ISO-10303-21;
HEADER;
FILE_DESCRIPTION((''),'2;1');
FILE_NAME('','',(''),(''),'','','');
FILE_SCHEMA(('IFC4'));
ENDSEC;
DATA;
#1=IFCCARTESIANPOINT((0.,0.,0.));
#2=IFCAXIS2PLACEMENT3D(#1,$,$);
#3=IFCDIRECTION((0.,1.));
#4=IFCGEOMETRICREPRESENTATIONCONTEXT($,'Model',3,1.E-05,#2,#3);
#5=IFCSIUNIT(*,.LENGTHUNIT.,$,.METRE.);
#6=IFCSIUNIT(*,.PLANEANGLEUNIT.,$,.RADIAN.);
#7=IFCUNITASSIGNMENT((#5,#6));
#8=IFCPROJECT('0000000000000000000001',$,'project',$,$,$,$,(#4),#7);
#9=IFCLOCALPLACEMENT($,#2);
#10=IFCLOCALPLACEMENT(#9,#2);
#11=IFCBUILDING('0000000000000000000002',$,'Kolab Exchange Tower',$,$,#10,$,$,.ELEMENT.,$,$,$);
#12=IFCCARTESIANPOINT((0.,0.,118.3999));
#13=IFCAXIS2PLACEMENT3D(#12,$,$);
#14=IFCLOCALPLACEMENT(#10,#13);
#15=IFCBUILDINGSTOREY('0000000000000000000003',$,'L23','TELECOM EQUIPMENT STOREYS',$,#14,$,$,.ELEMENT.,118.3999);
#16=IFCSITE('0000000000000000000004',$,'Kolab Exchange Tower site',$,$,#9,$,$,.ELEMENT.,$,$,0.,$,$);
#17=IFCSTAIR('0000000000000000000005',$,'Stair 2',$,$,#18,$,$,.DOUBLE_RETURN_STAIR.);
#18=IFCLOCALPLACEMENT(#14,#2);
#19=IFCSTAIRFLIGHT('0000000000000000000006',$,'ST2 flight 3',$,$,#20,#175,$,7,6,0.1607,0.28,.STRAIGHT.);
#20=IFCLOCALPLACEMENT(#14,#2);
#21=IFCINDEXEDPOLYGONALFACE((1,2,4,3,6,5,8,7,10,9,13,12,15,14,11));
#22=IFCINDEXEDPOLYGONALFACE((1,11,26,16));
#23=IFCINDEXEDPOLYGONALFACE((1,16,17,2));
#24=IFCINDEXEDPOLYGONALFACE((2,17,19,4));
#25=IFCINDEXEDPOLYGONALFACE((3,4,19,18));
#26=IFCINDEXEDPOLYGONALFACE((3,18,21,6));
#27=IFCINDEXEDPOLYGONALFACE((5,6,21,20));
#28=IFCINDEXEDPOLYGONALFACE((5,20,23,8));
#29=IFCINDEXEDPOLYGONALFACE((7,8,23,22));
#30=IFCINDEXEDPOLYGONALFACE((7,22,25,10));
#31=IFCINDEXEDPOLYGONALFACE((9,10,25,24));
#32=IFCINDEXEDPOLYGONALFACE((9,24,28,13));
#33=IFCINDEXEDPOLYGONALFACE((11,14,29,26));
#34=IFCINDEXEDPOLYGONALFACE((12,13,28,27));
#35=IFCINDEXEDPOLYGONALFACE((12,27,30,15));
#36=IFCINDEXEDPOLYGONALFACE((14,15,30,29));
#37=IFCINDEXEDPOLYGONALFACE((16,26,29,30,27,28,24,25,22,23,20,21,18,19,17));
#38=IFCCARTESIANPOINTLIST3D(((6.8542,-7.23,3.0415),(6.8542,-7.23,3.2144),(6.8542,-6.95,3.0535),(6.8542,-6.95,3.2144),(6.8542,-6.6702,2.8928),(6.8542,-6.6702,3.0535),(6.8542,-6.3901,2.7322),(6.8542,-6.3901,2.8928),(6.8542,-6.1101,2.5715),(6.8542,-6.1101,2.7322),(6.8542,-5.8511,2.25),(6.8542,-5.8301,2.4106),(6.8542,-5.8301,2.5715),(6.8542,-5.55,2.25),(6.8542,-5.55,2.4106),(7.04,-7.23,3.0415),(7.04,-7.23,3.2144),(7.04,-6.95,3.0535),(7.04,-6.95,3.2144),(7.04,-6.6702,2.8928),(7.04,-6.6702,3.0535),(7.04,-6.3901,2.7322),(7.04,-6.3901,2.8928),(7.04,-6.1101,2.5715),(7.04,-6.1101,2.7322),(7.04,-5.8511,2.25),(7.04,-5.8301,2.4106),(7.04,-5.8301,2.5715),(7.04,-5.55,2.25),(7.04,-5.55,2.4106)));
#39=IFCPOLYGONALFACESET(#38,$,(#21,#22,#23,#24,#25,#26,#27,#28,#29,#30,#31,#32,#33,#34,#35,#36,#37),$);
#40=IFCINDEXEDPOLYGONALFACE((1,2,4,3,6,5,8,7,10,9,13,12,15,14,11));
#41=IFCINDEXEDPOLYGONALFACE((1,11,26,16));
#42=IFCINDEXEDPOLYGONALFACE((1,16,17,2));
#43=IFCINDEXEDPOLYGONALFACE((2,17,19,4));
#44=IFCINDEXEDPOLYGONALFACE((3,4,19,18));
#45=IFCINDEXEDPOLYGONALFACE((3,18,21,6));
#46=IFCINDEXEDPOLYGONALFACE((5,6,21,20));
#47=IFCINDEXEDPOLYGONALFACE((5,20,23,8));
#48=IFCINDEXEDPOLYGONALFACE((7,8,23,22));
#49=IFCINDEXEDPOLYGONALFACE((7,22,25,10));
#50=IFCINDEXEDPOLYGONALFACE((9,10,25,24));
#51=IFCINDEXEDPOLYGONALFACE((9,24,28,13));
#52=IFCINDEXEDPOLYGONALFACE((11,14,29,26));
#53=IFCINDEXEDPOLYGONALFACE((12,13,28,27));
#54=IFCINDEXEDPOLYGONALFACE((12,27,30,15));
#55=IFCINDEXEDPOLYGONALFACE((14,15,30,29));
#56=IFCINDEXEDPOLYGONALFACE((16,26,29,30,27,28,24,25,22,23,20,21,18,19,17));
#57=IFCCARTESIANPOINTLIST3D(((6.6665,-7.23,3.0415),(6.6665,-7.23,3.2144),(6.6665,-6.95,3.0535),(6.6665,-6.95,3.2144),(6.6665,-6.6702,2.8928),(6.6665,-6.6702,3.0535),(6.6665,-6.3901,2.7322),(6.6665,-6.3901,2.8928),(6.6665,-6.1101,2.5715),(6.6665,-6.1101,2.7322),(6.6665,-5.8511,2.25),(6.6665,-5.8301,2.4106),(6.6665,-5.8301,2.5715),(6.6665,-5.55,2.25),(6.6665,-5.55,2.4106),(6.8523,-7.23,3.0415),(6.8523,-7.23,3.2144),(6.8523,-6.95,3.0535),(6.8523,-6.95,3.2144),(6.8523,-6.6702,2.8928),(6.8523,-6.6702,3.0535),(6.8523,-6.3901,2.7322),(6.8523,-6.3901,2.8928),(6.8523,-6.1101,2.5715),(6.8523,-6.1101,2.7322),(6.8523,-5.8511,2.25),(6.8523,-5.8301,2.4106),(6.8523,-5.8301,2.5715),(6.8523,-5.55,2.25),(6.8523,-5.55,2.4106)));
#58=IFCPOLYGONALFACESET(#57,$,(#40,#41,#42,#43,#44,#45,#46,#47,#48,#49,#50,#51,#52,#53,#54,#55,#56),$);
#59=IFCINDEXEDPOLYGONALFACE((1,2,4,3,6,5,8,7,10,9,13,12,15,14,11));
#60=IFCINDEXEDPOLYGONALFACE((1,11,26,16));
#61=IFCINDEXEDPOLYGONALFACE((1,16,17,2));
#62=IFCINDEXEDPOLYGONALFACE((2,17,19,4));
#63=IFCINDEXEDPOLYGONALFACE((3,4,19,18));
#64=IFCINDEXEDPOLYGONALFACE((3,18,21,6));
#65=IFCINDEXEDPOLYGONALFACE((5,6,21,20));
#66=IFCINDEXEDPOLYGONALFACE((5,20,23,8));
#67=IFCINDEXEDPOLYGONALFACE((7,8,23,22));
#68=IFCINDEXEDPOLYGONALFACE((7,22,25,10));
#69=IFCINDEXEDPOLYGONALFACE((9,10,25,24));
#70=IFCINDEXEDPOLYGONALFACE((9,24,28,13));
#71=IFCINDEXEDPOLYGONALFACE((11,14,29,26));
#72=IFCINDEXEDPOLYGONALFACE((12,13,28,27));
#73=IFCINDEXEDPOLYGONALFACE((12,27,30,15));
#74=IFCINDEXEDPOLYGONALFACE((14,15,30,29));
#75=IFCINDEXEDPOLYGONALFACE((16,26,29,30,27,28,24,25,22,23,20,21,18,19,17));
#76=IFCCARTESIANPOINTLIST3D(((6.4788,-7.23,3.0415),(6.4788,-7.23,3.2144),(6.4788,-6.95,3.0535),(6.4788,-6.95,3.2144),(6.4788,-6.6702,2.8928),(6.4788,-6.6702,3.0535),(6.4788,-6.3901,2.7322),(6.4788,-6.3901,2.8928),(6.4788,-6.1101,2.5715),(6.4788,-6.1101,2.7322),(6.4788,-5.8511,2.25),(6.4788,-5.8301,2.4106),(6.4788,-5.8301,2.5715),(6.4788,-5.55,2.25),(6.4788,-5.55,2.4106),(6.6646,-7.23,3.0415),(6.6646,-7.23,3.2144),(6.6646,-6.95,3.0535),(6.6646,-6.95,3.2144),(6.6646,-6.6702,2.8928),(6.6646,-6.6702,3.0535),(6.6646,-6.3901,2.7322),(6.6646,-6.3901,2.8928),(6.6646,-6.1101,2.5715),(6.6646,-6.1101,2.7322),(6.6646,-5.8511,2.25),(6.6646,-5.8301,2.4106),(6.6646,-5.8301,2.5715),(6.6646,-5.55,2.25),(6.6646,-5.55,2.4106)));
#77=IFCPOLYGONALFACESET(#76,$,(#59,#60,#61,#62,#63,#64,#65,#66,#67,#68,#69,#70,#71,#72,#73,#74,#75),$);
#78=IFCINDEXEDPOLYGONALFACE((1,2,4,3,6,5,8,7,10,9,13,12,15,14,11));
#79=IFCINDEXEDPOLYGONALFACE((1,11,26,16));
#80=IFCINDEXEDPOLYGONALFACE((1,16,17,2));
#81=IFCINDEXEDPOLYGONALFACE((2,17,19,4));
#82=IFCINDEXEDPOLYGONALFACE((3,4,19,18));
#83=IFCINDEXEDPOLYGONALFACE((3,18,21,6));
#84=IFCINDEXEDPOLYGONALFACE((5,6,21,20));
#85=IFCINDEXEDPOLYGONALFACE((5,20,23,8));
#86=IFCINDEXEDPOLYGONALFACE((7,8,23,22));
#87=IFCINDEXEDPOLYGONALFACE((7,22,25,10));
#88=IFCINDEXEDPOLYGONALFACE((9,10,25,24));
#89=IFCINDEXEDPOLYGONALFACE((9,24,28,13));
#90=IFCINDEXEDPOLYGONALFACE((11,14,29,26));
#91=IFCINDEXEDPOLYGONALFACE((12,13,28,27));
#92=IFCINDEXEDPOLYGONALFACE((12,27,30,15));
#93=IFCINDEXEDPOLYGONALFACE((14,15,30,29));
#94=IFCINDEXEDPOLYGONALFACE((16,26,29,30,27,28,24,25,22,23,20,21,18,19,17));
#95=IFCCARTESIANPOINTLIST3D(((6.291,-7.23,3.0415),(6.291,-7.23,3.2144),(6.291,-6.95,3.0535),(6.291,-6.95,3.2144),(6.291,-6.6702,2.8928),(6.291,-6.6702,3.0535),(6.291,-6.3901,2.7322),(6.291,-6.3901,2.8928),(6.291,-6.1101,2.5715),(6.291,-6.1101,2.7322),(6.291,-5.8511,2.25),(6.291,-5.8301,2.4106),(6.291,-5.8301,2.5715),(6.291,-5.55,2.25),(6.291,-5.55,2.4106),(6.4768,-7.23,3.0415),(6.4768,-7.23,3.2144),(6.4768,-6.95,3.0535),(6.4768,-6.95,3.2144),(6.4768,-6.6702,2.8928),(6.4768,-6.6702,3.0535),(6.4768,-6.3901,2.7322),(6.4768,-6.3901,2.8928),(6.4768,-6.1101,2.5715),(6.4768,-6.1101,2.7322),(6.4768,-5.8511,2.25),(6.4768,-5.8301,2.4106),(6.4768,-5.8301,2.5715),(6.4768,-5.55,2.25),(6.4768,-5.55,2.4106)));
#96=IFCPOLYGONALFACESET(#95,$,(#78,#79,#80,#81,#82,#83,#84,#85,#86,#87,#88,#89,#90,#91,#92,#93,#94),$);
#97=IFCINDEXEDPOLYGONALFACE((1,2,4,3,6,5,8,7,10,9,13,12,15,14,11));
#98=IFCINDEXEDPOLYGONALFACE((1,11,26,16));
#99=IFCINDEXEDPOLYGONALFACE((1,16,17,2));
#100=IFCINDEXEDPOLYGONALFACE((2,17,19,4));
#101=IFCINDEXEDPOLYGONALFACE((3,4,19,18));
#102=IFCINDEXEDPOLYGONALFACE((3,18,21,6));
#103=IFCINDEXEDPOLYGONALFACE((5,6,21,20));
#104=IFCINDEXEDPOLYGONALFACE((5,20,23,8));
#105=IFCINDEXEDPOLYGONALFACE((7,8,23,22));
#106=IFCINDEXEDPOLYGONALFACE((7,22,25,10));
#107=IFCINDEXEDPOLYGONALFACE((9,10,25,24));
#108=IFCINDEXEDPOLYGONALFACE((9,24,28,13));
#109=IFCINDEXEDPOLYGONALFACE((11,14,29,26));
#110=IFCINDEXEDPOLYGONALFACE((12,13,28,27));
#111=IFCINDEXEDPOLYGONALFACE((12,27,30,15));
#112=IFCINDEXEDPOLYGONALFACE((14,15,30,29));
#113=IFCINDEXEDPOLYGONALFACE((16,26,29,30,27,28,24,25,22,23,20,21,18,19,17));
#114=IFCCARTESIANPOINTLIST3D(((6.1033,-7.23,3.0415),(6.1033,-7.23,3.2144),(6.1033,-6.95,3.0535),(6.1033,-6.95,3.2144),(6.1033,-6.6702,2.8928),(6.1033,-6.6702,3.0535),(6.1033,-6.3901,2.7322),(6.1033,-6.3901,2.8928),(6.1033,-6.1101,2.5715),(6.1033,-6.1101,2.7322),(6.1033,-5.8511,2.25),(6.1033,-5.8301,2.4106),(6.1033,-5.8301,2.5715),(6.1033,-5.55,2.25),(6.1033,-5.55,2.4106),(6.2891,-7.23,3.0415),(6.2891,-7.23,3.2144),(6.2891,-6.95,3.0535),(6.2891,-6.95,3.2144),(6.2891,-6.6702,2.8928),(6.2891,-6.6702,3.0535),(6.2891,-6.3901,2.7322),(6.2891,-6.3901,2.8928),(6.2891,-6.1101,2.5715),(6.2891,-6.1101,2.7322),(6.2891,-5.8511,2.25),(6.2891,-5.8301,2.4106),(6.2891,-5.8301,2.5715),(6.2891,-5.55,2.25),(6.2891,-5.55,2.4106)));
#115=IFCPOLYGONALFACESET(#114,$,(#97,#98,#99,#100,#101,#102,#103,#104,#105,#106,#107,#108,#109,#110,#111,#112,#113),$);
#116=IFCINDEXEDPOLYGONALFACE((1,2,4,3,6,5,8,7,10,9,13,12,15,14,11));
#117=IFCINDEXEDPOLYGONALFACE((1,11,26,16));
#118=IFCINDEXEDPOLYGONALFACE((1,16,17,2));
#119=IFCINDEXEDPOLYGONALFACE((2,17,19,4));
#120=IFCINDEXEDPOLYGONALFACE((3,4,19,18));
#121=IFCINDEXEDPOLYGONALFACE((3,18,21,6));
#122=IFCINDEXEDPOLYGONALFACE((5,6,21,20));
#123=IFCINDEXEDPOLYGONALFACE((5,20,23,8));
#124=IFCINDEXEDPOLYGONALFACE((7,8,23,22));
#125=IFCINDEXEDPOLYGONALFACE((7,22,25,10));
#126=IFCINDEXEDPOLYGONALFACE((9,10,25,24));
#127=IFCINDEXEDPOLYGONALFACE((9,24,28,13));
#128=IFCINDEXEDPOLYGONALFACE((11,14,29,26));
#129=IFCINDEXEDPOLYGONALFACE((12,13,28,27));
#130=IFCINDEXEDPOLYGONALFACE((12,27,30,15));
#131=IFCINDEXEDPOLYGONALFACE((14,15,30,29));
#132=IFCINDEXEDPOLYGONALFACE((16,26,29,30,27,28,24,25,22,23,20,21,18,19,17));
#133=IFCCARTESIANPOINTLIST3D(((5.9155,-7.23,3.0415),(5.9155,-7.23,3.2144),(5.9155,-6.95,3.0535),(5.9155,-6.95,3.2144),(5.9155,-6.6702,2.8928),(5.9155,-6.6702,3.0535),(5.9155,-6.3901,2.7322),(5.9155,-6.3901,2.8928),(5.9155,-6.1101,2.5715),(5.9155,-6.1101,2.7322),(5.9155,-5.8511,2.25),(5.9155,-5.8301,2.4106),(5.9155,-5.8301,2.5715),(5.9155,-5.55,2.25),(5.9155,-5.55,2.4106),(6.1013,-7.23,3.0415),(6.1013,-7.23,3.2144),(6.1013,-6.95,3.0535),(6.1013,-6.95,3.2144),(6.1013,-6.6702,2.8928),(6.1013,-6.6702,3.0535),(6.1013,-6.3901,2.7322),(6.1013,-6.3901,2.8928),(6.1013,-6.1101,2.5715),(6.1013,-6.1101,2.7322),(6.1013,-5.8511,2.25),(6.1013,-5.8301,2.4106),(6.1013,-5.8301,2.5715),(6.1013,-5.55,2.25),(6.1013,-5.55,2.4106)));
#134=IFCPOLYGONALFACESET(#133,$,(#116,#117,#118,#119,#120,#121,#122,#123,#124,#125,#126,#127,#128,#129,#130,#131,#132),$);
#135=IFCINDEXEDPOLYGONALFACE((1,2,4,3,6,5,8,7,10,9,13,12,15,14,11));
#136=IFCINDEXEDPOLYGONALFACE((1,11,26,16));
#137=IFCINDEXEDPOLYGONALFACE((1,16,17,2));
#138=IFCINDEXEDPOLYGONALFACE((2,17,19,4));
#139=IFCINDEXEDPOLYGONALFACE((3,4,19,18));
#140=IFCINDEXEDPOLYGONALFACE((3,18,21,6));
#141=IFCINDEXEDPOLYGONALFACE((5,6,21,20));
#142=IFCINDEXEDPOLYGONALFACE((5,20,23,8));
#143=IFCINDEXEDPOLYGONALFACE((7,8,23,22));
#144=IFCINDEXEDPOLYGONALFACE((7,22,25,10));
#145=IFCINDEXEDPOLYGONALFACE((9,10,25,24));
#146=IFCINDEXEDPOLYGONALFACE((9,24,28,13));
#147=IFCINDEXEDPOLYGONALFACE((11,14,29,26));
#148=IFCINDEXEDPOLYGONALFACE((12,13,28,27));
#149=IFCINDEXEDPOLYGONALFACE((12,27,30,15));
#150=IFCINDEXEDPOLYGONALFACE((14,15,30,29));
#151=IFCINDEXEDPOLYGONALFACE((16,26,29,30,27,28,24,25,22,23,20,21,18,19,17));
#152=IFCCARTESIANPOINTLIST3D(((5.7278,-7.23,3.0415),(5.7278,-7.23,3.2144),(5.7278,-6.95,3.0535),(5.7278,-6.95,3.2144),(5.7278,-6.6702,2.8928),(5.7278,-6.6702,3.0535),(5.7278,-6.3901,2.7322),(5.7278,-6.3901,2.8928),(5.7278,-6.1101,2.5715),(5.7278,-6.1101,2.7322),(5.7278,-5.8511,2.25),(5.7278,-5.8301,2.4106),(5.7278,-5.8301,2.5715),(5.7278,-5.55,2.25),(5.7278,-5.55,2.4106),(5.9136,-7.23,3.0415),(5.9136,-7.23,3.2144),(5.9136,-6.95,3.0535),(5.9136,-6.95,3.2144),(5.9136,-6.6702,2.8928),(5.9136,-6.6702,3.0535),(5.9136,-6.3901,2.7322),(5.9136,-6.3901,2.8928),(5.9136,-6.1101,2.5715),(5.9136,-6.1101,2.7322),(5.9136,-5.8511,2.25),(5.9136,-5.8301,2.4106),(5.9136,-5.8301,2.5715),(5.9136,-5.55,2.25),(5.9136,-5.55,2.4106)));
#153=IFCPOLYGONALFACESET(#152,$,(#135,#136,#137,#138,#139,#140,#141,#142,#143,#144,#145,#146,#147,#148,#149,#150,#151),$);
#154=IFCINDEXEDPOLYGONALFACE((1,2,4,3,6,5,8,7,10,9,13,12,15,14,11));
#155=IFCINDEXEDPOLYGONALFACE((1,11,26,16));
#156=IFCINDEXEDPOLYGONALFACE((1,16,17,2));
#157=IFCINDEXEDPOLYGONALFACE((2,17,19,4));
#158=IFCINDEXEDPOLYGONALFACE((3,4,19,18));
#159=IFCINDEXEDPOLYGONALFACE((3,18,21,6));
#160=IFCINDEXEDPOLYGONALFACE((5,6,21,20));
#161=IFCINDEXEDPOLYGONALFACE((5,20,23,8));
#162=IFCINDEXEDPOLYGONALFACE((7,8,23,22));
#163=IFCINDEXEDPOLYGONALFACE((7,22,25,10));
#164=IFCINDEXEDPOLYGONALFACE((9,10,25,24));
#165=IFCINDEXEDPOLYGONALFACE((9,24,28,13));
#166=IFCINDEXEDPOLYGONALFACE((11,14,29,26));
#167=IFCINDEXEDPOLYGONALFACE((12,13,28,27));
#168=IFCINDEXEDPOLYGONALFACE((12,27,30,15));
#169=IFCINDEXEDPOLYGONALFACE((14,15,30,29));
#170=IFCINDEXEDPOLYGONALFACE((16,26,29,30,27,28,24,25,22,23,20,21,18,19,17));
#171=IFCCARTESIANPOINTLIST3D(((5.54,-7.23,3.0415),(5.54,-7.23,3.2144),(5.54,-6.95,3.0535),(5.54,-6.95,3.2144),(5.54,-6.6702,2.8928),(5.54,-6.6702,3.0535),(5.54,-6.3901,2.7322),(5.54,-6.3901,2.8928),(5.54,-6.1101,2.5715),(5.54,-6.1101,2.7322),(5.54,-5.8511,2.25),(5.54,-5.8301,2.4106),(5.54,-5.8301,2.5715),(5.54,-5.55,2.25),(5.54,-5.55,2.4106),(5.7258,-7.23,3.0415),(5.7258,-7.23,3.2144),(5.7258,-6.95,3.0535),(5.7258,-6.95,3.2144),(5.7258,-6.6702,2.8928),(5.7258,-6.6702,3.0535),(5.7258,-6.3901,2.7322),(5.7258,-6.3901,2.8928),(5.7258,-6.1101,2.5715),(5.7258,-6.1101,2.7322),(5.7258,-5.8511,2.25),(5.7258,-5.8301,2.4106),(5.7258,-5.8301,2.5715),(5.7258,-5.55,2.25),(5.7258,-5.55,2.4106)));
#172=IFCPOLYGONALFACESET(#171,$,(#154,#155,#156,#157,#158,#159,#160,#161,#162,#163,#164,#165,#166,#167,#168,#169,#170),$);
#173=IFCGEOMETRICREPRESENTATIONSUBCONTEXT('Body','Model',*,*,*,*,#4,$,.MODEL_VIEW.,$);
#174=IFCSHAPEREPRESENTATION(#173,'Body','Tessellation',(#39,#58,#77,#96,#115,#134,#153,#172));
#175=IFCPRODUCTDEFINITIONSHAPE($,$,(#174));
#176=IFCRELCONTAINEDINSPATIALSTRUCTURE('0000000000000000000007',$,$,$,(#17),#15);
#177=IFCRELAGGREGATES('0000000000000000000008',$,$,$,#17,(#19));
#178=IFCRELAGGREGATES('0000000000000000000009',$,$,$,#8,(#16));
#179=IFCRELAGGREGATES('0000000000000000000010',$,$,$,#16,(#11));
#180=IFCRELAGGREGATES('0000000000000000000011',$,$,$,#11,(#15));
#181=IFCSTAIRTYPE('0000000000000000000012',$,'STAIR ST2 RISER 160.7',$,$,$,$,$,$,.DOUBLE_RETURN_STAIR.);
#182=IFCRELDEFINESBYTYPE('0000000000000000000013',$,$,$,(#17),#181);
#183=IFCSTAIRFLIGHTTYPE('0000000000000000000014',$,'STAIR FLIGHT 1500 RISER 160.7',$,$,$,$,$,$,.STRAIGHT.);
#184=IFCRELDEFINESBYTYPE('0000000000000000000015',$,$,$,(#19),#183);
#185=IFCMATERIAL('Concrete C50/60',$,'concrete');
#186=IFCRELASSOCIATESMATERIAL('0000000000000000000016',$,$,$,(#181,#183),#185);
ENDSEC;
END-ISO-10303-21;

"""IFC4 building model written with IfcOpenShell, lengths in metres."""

from ifc_helpers import new_model, si_unit, direction, frame, origin, place, context, subcontext, project, spatial, polyline, outline, extrude, material, type_object, element, aggregate, save


model = new_model("IFC4")

# Units and contexts
model_context = context("Model", 3, precision=1e-05, world=origin(), true_north=direction((0.0, 1.0)))
body_context = subcontext(model_context, "Body", "Model", "MODEL_VIEW")
ifc_project = project(units=[si_unit("LENGTHUNIT", "METRE"), si_unit("PLANEANGLEUNIT", "RADIAN")], contexts=[model_context])

# Site, building, storey
site_placement = place(None, origin())
site = spatial("IfcSite", under=ifc_project, at=site_placement, Name="Kolab Exchange Tower site", CompositionType="ELEMENT", RefElevation=0.0)
building_placement = place(site_placement, origin())
building = spatial("IfcBuilding", under=site, at=building_placement, Name="Kolab Exchange Tower", CompositionType="ELEMENT")
storey_placement = place(building_placement, frame((0.0, 0.0, 118.3999)))
storey = spatial("IfcBuildingStorey", under=building, at=storey_placement, Name="L23", Description="TELECOM EQUIPMENT STOREYS", CompositionType="ELEMENT", Elevation=118.3999)

# Shared definitions
ifc_material_1 = material(Name="Concrete C50/60", Category="concrete")

# Stair, stair flight
stair_type = type_object("IfcStairType", Name="STAIR ST2 RISER 160.7", PredefinedType="DOUBLE_RETURN_STAIR", material=ifc_material_1)
stair_placement = place(storey_placement, origin())
stair = element("IfcStair", 1, at=stair_placement, inside=storey, type_object=stair_type, Name="Stair 2", PredefinedType="DOUBLE_RETURN_STAIR")
stair_flight_type = type_object("IfcStairFlightType", Name="STAIR FLIGHT 1500 RISER 160.7", PredefinedType="STRAIGHT", material=ifc_material_1)
stair_flight_1_placement = place(storey_placement, frame((6.29, -5.55, 2.25), z_axis=(0.0, 0.0, 1.0), x_axis=(0.0, -1.0, 0.0)))
stair_flight_1 = element("IfcStairFlight", 2, at=stair_flight_1_placement, type_object=stair_flight_type, Name="ST2 flight 3", NumberOfRisers=7, NumberOfTreads=6, PredefinedType="STRAIGHT", RiserHeight=0.1607, TreadLength=0.28, context=body_context, shape_type="SweptSolid", body=[
    extrude(outline(polyline([(0.0, 0.0), (0.0, 0.1606), (0.28, 0.1606), (0.28, 0.3215), (0.5601, 0.3215), (0.5601, 0.4822), (0.8401, 0.4822), (0.8401, 0.6428), (1.1201, 0.6428), (1.1201, 0.8035), (1.3999, 0.8035), (1.3999, 0.9644), (1.6799, 0.9644), (1.6799, 1.125), (1.6799, 0.7915), (0.301, 0.0), (0.0, 0.0)])), frame((0.0, 0.75, 0.0), z_axis=(0.0, -1.0, 0.0), x_axis=(1.0, 0.0, 0.0)), (0.0, 0.0, 1.0), 0.1858),
    extrude(outline(polyline([(0.0, 0.0), (0.0, 0.1606), (0.28, 0.1606), (0.28, 0.3215), (0.5601, 0.3215), (0.5601, 0.4822), (0.8401, 0.4822), (0.8401, 0.6428), (1.1201, 0.6428), (1.1201, 0.8035), (1.3999, 0.8035), (1.3999, 0.9644), (1.6799, 0.9644), (1.6799, 1.125), (1.6799, 0.7915), (0.301, 0.0), (0.0, 0.0)])), frame((0.0, 0.5623, 0.0), z_axis=(0.0, -1.0, 0.0), x_axis=(1.0, 0.0, 0.0)), (0.0, 0.0, 1.0), 0.1858),
    extrude(outline(polyline([(0.0, 0.0), (0.0, 0.1606), (0.28, 0.1606), (0.28, 0.3215), (0.5601, 0.3215), (0.5601, 0.4822), (0.8401, 0.4822), (0.8401, 0.6428), (1.1201, 0.6428), (1.1201, 0.8035), (1.3999, 0.8035), (1.3999, 0.9644), (1.6799, 0.9644), (1.6799, 1.125), (1.6799, 0.7915), (0.301, 0.0), (0.0, 0.0)])), frame((0.0, 0.3745, 0.0), z_axis=(0.0, -1.0, 0.0), x_axis=(1.0, 0.0, 0.0)), (0.0, 0.0, 1.0), 0.1858),
    extrude(outline(polyline([(0.0, 0.0), (0.0, 0.1606), (0.28, 0.1606), (0.28, 0.3215), (0.5601, 0.3215), (0.5601, 0.4822), (0.8401, 0.4822), (0.8401, 0.6428), (1.1201, 0.6428), (1.1201, 0.8035), (1.3999, 0.8035), (1.3999, 0.9644), (1.6799, 0.9644), (1.6799, 1.125), (1.6799, 0.7915), (0.301, 0.0), (0.0, 0.0)])), frame((0.0, 0.1868, 0.0), z_axis=(0.0, -1.0, 0.0), x_axis=(1.0, 0.0, 0.0)), (0.0, 0.0, 1.0), 0.1858),
    extrude(outline(polyline([(0.0, 0.0), (0.0, 0.1606), (0.28, 0.1606), (0.28, 0.3215), (0.5601, 0.3215), (0.5601, 0.4822), (0.8401, 0.4822), (0.8401, 0.6428), (1.1201, 0.6428), (1.1201, 0.8035), (1.3999, 0.8035), (1.3999, 0.9644), (1.6799, 0.9644), (1.6799, 1.125), (1.6799, 0.7915), (0.301, 0.0), (0.0, 0.0)])), frame((0.0, -0.001, 0.0), z_axis=(0.0, -1.0, 0.0), x_axis=(1.0, 0.0, 0.0)), (0.0, 0.0, 1.0), 0.1858),
    extrude(outline(polyline([(0.0, 0.0), (0.0, 0.1606), (0.28, 0.1606), (0.28, 0.3215), (0.5601, 0.3215), (0.5601, 0.4822), (0.8401, 0.4822), (0.8401, 0.6428), (1.1201, 0.6428), (1.1201, 0.8035), (1.3999, 0.8035), (1.3999, 0.9644), (1.6799, 0.9644), (1.6799, 1.125), (1.6799, 0.7915), (0.301, 0.0), (0.0, 0.0)])), frame((0.0, -0.1887, 0.0), z_axis=(0.0, -1.0, 0.0), x_axis=(1.0, 0.0, 0.0)), (0.0, 0.0, 1.0), 0.1858),
    extrude(outline(polyline([(0.0, 0.0), (0.0, 0.1606), (0.28, 0.1606), (0.28, 0.3215), (0.5601, 0.3215), (0.5601, 0.4822), (0.8401, 0.4822), (0.8401, 0.6428), (1.1201, 0.6428), (1.1201, 0.8035), (1.3999, 0.8035), (1.3999, 0.9644), (1.6799, 0.9644), (1.6799, 1.125), (1.6799, 0.7915), (0.301, 0.0), (0.0, 0.0)])), frame((0.0, -0.3765, 0.0), z_axis=(0.0, -1.0, 0.0), x_axis=(1.0, 0.0, 0.0)), (0.0, 0.0, 1.0), 0.1858),
    extrude(outline(polyline([(0.0, 0.0), (0.0, 0.1606), (0.28, 0.1606), (0.28, 0.3215), (0.5601, 0.3215), (0.5601, 0.4822), (0.8401, 0.4822), (0.8401, 0.6428), (1.1201, 0.6428), (1.1201, 0.8035), (1.3999, 0.8035), (1.3999, 0.9644), (1.6799, 0.9644), (1.6799, 1.125), (1.6799, 0.7915), (0.301, 0.0), (0.0, 0.0)])), frame((0.0, -0.5642, 0.0), z_axis=(0.0, -1.0, 0.0), x_axis=(1.0, 0.0, 0.0)), (0.0, 0.0, 1.0), 0.1858),
])
aggregate(stair, [stair_flight_1])

save(model, "model.ifc")
